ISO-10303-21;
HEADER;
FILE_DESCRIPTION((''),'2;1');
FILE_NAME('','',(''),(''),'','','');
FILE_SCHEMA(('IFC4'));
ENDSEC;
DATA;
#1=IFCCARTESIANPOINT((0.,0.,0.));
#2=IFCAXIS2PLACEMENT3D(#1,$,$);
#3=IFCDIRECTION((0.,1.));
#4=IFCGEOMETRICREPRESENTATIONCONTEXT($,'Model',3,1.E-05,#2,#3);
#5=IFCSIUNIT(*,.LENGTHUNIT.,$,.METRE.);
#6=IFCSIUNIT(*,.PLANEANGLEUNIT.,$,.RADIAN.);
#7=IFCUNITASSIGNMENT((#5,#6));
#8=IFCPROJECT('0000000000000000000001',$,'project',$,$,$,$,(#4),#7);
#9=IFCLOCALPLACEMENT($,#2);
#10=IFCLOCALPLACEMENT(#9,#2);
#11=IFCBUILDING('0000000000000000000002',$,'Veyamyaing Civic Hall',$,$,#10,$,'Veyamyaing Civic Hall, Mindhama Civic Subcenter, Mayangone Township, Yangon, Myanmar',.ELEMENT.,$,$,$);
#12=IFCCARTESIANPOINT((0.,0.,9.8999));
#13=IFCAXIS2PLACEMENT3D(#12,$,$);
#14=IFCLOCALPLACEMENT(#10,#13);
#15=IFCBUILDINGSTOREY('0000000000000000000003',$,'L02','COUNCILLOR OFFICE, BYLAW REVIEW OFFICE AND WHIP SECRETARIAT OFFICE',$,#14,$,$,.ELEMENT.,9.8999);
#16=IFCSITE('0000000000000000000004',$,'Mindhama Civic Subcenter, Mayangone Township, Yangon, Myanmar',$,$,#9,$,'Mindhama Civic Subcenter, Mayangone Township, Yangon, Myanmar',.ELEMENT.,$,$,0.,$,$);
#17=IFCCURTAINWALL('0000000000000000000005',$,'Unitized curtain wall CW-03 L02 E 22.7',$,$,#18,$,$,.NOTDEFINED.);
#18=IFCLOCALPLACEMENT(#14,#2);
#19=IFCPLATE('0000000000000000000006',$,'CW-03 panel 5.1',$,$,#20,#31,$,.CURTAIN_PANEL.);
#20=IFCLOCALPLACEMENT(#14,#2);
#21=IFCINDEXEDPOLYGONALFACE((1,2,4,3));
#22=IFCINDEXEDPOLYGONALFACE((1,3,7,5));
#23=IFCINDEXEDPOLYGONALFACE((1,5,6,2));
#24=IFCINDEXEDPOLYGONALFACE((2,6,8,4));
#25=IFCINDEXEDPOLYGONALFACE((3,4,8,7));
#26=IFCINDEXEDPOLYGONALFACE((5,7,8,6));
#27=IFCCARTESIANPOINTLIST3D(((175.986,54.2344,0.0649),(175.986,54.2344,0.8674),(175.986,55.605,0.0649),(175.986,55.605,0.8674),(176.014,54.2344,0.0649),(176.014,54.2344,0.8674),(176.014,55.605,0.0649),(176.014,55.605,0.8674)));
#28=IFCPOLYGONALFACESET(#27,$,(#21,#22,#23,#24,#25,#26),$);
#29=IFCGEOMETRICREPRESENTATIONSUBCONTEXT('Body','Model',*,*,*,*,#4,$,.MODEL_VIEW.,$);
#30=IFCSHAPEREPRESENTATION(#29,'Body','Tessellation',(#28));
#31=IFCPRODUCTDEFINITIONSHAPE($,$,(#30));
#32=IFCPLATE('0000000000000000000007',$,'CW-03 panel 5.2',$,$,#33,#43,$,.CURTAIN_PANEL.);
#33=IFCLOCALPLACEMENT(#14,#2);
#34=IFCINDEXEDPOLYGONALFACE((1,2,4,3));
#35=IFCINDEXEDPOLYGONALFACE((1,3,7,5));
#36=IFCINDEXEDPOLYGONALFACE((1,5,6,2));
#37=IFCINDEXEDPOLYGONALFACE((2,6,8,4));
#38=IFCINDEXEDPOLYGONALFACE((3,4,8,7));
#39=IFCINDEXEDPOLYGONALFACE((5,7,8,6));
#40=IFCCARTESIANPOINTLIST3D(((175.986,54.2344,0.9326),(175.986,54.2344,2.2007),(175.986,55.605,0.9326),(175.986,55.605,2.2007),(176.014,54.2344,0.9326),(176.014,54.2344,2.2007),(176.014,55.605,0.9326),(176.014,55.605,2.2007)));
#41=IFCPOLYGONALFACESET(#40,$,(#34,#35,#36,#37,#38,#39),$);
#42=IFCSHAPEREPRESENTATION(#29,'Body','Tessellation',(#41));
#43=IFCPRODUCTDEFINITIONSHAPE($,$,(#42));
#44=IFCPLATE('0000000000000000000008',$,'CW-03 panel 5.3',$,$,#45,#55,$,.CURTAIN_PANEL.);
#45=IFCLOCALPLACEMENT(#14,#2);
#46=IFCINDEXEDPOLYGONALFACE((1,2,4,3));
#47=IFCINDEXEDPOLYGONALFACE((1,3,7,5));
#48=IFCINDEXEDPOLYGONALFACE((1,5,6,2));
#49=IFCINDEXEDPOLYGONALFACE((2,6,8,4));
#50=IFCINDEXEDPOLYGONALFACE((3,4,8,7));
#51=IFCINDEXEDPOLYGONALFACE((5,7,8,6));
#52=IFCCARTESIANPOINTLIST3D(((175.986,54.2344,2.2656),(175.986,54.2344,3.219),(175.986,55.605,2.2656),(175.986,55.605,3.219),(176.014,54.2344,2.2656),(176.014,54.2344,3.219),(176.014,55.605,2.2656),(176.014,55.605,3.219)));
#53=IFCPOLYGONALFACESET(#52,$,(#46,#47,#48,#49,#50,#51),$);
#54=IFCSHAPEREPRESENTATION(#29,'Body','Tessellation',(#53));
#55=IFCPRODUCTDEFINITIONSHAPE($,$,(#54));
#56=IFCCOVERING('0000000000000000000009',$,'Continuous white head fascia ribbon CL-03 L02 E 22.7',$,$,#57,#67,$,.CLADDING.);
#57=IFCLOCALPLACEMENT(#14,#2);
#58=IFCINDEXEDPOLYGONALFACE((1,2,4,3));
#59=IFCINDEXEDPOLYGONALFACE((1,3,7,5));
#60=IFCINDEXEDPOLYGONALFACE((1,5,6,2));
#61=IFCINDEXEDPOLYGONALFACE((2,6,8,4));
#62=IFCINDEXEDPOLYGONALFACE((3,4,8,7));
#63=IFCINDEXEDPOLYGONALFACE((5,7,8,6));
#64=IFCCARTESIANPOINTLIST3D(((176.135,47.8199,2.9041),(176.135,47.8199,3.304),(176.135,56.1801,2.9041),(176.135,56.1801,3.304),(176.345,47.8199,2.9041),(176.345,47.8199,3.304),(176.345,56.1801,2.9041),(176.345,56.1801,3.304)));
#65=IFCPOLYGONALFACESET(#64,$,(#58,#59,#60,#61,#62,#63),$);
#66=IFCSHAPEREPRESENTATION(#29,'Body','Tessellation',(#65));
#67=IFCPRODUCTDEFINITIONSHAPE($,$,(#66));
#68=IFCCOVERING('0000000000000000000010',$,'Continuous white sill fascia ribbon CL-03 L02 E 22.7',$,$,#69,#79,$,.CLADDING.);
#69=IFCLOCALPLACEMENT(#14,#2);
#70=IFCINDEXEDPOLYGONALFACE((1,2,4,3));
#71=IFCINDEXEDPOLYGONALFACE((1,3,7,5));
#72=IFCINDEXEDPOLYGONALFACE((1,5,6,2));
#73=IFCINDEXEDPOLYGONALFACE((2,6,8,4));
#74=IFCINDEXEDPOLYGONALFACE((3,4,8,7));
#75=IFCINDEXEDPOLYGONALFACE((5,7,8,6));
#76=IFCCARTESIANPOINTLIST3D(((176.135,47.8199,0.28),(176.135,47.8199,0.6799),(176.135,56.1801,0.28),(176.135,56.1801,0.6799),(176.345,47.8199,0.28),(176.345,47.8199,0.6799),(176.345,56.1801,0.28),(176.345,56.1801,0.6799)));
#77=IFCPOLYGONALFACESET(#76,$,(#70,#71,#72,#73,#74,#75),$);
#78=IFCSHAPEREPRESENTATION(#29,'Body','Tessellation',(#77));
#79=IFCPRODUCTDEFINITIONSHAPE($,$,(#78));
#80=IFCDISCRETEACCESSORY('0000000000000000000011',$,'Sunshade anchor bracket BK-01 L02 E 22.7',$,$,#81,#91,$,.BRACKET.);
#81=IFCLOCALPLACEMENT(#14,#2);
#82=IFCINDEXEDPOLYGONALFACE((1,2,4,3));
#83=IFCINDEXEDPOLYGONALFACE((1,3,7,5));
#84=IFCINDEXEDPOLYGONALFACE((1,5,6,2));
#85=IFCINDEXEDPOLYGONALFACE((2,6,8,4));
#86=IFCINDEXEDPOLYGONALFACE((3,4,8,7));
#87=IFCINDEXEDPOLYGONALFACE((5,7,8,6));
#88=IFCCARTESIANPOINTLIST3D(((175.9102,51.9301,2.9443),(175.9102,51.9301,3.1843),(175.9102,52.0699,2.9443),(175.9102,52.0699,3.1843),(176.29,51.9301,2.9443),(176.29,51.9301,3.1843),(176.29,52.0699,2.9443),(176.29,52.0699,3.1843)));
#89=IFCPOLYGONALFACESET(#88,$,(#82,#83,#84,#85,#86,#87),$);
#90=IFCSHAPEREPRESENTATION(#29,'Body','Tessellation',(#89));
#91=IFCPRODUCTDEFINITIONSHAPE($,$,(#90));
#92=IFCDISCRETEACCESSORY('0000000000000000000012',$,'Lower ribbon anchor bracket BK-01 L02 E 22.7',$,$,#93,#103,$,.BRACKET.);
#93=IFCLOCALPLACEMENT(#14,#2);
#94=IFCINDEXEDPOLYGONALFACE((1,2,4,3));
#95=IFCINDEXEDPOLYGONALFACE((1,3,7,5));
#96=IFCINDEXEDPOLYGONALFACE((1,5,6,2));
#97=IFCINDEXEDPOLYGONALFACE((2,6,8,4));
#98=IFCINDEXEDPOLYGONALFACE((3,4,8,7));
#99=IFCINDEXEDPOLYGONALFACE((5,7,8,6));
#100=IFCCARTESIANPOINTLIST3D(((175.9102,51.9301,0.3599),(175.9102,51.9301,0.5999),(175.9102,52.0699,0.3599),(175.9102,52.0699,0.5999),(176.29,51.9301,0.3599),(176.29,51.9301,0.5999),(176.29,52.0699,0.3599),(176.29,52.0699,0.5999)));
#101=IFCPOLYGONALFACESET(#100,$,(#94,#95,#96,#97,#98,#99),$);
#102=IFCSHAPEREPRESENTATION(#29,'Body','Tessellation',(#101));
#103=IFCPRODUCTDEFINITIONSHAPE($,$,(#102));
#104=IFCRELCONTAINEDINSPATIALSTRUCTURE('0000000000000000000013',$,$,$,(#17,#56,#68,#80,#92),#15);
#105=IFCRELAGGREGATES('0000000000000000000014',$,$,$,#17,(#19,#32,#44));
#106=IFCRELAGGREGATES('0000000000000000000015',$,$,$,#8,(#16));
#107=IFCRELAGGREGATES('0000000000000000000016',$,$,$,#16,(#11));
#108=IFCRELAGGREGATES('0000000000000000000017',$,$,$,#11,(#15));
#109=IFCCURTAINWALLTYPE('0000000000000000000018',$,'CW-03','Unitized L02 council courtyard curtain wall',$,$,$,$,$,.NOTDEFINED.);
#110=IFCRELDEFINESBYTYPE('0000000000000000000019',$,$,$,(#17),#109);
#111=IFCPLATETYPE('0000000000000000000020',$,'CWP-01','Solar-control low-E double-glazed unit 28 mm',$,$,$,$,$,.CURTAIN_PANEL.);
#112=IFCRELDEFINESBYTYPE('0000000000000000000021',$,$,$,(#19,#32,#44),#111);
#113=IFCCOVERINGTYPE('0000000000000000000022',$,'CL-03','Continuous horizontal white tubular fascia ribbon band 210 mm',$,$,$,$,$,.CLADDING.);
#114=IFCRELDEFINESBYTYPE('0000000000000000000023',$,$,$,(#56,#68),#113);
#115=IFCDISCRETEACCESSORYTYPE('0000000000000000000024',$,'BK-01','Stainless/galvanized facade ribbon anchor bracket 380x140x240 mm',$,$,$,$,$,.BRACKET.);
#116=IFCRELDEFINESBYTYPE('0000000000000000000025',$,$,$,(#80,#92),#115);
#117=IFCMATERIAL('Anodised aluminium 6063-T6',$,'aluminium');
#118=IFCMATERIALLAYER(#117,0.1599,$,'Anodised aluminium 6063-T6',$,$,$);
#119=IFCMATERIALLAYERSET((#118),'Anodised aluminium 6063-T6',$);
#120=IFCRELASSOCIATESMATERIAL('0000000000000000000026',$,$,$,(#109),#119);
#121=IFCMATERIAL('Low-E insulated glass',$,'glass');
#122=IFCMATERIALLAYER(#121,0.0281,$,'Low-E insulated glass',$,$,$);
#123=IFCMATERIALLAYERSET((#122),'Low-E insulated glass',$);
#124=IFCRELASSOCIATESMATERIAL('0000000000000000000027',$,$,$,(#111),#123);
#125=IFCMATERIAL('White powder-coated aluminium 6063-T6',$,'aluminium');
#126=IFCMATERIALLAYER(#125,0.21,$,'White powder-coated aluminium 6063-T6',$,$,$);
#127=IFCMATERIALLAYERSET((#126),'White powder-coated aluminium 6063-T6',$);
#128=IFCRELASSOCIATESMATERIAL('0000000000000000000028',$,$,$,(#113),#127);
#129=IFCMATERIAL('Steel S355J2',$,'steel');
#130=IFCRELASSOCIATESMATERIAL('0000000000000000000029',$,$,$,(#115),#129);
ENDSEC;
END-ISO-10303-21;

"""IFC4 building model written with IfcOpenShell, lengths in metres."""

from ifc_helpers import new_model, si_unit, direction, frame, origin, origin_2d, place, context, subcontext, project, spatial, rectangle, extrude, material, layer, layer_set, type_object, element, aggregate, save


model = new_model("IFC4")

# Units and contexts
model_context = context("Model", 3, precision=1e-05, world=origin(), true_north=direction((0.0, 1.0)))
body_context = subcontext(model_context, "Body", "Model", "MODEL_VIEW")
ifc_project = project(units=[si_unit("LENGTHUNIT", "METRE"), si_unit("PLANEANGLEUNIT", "RADIAN")], contexts=[model_context])

# Site, building, storey
site_placement = place(None, origin())
site = spatial("IfcSite", under=ifc_project, at=site_placement, Name="Mindhama Civic Subcenter, Mayangone Township, Yangon, Myanmar", LongName="Mindhama Civic Subcenter, Mayangone Township, Yangon, Myanmar", CompositionType="ELEMENT", RefElevation=0.0)
building_placement = place(site_placement, origin())
building = spatial("IfcBuilding", under=site, at=building_placement, Name="Veyamyaing Civic Hall", LongName="Veyamyaing Civic Hall, Mindhama Civic Subcenter, Mayangone Township, Yangon, Myanmar", CompositionType="ELEMENT")
storey_placement = place(building_placement, frame((0.0, 0.0, 9.8999)))
storey = spatial("IfcBuildingStorey", under=building, at=storey_placement, Name="L02", Description="COUNCILLOR OFFICE, BYLAW REVIEW OFFICE AND WHIP SECRETARIAT OFFICE", CompositionType="ELEMENT", Elevation=9.8999)

# Curtain wall, plates
ifc_material_1 = material(Name="Anodised aluminium 6063-T6", Category="aluminium")
ifc_layer_1 = layer(ifc_material_1, 0.1599, Name="Anodised aluminium 6063-T6")
ifc_layer_set_1 = layer_set([ifc_layer_1], Name="Anodised aluminium 6063-T6")
curtain_wall_type = type_object("IfcCurtainWallType", Name="CW-03", Description="Unitized L02 council courtyard curtain wall", PredefinedType="NOTDEFINED", material=ifc_layer_set_1)
curtain_wall_placement = place(storey_placement, origin())
curtain_wall = element("IfcCurtainWall", 1, at=curtain_wall_placement, inside=storey, type_object=curtain_wall_type, Name="Unitized curtain wall CW-03 L02 E 22.7", PredefinedType="NOTDEFINED")
ifc_material_2 = material(Name="Low-E insulated glass", Category="glass")
ifc_layer_2 = layer(ifc_material_2, 0.0281, Name="Low-E insulated glass")
ifc_layer_set_2 = layer_set([ifc_layer_2], Name="Low-E insulated glass")
plate_type = type_object("IfcPlateType", Name="CWP-01", Description="Solar-control low-E double-glazed unit 28 mm", PredefinedType="CURTAIN_PANEL", material=ifc_layer_set_2)
plate_1_placement = place(storey_placement, frame((176.0, 54.9197, 0.0649), z_axis=(0.0, 0.0, 1.0), x_axis=(0.0, 1.0, 0.0)))
plate_1 = element("IfcPlate", 2, at=plate_1_placement, type_object=plate_type, Name="CW-03 panel 5.1", PredefinedType="CURTAIN_PANEL", context=body_context, shape_type="SweptSolid", body=[
    extrude(rectangle(XDim=1.3706, YDim=0.0281, at=origin_2d()), origin(), (0.0, 0.0, 1.0), 0.8025),
])
plate_2_placement = place(storey_placement, frame((176.0, 54.9197, 0.9326), z_axis=(0.0, 0.0, 1.0), x_axis=(0.0, 1.0, 0.0)))
plate_2 = element("IfcPlate", 3, at=plate_2_placement, type_object=plate_type, Name="CW-03 panel 5.2", PredefinedType="CURTAIN_PANEL", context=body_context, shape_type="SweptSolid", body=[
    extrude(rectangle(XDim=1.3706, YDim=0.0281, at=origin_2d()), origin(), (0.0, 0.0, 1.0), 1.2681),
])
plate_3_placement = place(storey_placement, frame((176.0, 54.9197, 2.2656), z_axis=(0.0, 0.0, 1.0), x_axis=(0.0, 1.0, 0.0)))
plate_3 = element("IfcPlate", 4, at=plate_3_placement, type_object=plate_type, Name="CW-03 panel 5.3", PredefinedType="CURTAIN_PANEL", context=body_context, shape_type="SweptSolid", body=[
    extrude(rectangle(XDim=1.3706, YDim=0.0281, at=origin_2d()), origin(), (0.0, 0.0, 1.0), 0.9534),
])
aggregate(curtain_wall, [plate_1, plate_2, plate_3])

# Coverings
ifc_material_3 = material(Name="White powder-coated aluminium 6063-T6", Category="aluminium")
ifc_layer_3 = layer(ifc_material_3, 0.21, Name="White powder-coated aluminium 6063-T6")
ifc_layer_set_3 = layer_set([ifc_layer_3], Name="White powder-coated aluminium 6063-T6")
covering_type = type_object("IfcCoveringType", Name="CL-03", Description="Continuous horizontal white tubular fascia ribbon band 210 mm", PredefinedType="CLADDING", material=ifc_layer_set_3)
for number, where, z_axis, x_axis, name in (
    (5, (176.24, 52.0, 2.9041), (0.0, 0.0, 1.0), (0.0, 1.0, 0.0), "Continuous white head fascia ribbon CL-03 L02 E 22.7"),
    (6, (176.24, 52.0, 0.28), (0.0, 0.0, 1.0), (0.0, 1.0, 0.0), "Continuous white sill fascia ribbon CL-03 L02 E 22.7"),
):
    element("IfcCovering", number, at=place(storey_placement, frame(where, z_axis=z_axis, x_axis=x_axis)), inside=storey, type_object=covering_type, Name=name, PredefinedType="CLADDING", context=body_context, shape_type="SweptSolid", body=[
        extrude(rectangle(XDim=8.3601, YDim=0.21, at=origin_2d()), origin(), (0.0, 0.0, 1.0), 0.3999),
    ])

# Discrete accessories
ifc_material_4 = material(Name="Steel S355J2", Category="steel")
discrete_accessory_type = type_object("IfcDiscreteAccessoryType", Name="BK-01", Description="Stainless/galvanized facade ribbon anchor bracket 380x140x240 mm", PredefinedType="BRACKET", material=ifc_material_4)
for number, where, z_axis, x_axis, name in (
    (7, (176.1001, 52.0, 2.9443), (0.0, 0.0, 1.0), (1.0, 0.0, 0.0), "Sunshade anchor bracket BK-01 L02 E 22.7"),
    (8, (176.1001, 52.0, 0.3599), (0.0, 0.0, 1.0), (1.0, 0.0, 0.0), "Lower ribbon anchor bracket BK-01 L02 E 22.7"),
):
    element("IfcDiscreteAccessory", number, at=place(storey_placement, frame(where, z_axis=z_axis, x_axis=x_axis)), inside=storey, type_object=discrete_accessory_type, Name=name, PredefinedType="BRACKET", context=body_context, shape_type="SweptSolid", body=[
        extrude(rectangle(XDim=0.3799, YDim=0.1399, at=origin_2d()), origin(), (0.0, 0.0, 1.0), 0.24),
    ])

save(model, "model.ifc")
